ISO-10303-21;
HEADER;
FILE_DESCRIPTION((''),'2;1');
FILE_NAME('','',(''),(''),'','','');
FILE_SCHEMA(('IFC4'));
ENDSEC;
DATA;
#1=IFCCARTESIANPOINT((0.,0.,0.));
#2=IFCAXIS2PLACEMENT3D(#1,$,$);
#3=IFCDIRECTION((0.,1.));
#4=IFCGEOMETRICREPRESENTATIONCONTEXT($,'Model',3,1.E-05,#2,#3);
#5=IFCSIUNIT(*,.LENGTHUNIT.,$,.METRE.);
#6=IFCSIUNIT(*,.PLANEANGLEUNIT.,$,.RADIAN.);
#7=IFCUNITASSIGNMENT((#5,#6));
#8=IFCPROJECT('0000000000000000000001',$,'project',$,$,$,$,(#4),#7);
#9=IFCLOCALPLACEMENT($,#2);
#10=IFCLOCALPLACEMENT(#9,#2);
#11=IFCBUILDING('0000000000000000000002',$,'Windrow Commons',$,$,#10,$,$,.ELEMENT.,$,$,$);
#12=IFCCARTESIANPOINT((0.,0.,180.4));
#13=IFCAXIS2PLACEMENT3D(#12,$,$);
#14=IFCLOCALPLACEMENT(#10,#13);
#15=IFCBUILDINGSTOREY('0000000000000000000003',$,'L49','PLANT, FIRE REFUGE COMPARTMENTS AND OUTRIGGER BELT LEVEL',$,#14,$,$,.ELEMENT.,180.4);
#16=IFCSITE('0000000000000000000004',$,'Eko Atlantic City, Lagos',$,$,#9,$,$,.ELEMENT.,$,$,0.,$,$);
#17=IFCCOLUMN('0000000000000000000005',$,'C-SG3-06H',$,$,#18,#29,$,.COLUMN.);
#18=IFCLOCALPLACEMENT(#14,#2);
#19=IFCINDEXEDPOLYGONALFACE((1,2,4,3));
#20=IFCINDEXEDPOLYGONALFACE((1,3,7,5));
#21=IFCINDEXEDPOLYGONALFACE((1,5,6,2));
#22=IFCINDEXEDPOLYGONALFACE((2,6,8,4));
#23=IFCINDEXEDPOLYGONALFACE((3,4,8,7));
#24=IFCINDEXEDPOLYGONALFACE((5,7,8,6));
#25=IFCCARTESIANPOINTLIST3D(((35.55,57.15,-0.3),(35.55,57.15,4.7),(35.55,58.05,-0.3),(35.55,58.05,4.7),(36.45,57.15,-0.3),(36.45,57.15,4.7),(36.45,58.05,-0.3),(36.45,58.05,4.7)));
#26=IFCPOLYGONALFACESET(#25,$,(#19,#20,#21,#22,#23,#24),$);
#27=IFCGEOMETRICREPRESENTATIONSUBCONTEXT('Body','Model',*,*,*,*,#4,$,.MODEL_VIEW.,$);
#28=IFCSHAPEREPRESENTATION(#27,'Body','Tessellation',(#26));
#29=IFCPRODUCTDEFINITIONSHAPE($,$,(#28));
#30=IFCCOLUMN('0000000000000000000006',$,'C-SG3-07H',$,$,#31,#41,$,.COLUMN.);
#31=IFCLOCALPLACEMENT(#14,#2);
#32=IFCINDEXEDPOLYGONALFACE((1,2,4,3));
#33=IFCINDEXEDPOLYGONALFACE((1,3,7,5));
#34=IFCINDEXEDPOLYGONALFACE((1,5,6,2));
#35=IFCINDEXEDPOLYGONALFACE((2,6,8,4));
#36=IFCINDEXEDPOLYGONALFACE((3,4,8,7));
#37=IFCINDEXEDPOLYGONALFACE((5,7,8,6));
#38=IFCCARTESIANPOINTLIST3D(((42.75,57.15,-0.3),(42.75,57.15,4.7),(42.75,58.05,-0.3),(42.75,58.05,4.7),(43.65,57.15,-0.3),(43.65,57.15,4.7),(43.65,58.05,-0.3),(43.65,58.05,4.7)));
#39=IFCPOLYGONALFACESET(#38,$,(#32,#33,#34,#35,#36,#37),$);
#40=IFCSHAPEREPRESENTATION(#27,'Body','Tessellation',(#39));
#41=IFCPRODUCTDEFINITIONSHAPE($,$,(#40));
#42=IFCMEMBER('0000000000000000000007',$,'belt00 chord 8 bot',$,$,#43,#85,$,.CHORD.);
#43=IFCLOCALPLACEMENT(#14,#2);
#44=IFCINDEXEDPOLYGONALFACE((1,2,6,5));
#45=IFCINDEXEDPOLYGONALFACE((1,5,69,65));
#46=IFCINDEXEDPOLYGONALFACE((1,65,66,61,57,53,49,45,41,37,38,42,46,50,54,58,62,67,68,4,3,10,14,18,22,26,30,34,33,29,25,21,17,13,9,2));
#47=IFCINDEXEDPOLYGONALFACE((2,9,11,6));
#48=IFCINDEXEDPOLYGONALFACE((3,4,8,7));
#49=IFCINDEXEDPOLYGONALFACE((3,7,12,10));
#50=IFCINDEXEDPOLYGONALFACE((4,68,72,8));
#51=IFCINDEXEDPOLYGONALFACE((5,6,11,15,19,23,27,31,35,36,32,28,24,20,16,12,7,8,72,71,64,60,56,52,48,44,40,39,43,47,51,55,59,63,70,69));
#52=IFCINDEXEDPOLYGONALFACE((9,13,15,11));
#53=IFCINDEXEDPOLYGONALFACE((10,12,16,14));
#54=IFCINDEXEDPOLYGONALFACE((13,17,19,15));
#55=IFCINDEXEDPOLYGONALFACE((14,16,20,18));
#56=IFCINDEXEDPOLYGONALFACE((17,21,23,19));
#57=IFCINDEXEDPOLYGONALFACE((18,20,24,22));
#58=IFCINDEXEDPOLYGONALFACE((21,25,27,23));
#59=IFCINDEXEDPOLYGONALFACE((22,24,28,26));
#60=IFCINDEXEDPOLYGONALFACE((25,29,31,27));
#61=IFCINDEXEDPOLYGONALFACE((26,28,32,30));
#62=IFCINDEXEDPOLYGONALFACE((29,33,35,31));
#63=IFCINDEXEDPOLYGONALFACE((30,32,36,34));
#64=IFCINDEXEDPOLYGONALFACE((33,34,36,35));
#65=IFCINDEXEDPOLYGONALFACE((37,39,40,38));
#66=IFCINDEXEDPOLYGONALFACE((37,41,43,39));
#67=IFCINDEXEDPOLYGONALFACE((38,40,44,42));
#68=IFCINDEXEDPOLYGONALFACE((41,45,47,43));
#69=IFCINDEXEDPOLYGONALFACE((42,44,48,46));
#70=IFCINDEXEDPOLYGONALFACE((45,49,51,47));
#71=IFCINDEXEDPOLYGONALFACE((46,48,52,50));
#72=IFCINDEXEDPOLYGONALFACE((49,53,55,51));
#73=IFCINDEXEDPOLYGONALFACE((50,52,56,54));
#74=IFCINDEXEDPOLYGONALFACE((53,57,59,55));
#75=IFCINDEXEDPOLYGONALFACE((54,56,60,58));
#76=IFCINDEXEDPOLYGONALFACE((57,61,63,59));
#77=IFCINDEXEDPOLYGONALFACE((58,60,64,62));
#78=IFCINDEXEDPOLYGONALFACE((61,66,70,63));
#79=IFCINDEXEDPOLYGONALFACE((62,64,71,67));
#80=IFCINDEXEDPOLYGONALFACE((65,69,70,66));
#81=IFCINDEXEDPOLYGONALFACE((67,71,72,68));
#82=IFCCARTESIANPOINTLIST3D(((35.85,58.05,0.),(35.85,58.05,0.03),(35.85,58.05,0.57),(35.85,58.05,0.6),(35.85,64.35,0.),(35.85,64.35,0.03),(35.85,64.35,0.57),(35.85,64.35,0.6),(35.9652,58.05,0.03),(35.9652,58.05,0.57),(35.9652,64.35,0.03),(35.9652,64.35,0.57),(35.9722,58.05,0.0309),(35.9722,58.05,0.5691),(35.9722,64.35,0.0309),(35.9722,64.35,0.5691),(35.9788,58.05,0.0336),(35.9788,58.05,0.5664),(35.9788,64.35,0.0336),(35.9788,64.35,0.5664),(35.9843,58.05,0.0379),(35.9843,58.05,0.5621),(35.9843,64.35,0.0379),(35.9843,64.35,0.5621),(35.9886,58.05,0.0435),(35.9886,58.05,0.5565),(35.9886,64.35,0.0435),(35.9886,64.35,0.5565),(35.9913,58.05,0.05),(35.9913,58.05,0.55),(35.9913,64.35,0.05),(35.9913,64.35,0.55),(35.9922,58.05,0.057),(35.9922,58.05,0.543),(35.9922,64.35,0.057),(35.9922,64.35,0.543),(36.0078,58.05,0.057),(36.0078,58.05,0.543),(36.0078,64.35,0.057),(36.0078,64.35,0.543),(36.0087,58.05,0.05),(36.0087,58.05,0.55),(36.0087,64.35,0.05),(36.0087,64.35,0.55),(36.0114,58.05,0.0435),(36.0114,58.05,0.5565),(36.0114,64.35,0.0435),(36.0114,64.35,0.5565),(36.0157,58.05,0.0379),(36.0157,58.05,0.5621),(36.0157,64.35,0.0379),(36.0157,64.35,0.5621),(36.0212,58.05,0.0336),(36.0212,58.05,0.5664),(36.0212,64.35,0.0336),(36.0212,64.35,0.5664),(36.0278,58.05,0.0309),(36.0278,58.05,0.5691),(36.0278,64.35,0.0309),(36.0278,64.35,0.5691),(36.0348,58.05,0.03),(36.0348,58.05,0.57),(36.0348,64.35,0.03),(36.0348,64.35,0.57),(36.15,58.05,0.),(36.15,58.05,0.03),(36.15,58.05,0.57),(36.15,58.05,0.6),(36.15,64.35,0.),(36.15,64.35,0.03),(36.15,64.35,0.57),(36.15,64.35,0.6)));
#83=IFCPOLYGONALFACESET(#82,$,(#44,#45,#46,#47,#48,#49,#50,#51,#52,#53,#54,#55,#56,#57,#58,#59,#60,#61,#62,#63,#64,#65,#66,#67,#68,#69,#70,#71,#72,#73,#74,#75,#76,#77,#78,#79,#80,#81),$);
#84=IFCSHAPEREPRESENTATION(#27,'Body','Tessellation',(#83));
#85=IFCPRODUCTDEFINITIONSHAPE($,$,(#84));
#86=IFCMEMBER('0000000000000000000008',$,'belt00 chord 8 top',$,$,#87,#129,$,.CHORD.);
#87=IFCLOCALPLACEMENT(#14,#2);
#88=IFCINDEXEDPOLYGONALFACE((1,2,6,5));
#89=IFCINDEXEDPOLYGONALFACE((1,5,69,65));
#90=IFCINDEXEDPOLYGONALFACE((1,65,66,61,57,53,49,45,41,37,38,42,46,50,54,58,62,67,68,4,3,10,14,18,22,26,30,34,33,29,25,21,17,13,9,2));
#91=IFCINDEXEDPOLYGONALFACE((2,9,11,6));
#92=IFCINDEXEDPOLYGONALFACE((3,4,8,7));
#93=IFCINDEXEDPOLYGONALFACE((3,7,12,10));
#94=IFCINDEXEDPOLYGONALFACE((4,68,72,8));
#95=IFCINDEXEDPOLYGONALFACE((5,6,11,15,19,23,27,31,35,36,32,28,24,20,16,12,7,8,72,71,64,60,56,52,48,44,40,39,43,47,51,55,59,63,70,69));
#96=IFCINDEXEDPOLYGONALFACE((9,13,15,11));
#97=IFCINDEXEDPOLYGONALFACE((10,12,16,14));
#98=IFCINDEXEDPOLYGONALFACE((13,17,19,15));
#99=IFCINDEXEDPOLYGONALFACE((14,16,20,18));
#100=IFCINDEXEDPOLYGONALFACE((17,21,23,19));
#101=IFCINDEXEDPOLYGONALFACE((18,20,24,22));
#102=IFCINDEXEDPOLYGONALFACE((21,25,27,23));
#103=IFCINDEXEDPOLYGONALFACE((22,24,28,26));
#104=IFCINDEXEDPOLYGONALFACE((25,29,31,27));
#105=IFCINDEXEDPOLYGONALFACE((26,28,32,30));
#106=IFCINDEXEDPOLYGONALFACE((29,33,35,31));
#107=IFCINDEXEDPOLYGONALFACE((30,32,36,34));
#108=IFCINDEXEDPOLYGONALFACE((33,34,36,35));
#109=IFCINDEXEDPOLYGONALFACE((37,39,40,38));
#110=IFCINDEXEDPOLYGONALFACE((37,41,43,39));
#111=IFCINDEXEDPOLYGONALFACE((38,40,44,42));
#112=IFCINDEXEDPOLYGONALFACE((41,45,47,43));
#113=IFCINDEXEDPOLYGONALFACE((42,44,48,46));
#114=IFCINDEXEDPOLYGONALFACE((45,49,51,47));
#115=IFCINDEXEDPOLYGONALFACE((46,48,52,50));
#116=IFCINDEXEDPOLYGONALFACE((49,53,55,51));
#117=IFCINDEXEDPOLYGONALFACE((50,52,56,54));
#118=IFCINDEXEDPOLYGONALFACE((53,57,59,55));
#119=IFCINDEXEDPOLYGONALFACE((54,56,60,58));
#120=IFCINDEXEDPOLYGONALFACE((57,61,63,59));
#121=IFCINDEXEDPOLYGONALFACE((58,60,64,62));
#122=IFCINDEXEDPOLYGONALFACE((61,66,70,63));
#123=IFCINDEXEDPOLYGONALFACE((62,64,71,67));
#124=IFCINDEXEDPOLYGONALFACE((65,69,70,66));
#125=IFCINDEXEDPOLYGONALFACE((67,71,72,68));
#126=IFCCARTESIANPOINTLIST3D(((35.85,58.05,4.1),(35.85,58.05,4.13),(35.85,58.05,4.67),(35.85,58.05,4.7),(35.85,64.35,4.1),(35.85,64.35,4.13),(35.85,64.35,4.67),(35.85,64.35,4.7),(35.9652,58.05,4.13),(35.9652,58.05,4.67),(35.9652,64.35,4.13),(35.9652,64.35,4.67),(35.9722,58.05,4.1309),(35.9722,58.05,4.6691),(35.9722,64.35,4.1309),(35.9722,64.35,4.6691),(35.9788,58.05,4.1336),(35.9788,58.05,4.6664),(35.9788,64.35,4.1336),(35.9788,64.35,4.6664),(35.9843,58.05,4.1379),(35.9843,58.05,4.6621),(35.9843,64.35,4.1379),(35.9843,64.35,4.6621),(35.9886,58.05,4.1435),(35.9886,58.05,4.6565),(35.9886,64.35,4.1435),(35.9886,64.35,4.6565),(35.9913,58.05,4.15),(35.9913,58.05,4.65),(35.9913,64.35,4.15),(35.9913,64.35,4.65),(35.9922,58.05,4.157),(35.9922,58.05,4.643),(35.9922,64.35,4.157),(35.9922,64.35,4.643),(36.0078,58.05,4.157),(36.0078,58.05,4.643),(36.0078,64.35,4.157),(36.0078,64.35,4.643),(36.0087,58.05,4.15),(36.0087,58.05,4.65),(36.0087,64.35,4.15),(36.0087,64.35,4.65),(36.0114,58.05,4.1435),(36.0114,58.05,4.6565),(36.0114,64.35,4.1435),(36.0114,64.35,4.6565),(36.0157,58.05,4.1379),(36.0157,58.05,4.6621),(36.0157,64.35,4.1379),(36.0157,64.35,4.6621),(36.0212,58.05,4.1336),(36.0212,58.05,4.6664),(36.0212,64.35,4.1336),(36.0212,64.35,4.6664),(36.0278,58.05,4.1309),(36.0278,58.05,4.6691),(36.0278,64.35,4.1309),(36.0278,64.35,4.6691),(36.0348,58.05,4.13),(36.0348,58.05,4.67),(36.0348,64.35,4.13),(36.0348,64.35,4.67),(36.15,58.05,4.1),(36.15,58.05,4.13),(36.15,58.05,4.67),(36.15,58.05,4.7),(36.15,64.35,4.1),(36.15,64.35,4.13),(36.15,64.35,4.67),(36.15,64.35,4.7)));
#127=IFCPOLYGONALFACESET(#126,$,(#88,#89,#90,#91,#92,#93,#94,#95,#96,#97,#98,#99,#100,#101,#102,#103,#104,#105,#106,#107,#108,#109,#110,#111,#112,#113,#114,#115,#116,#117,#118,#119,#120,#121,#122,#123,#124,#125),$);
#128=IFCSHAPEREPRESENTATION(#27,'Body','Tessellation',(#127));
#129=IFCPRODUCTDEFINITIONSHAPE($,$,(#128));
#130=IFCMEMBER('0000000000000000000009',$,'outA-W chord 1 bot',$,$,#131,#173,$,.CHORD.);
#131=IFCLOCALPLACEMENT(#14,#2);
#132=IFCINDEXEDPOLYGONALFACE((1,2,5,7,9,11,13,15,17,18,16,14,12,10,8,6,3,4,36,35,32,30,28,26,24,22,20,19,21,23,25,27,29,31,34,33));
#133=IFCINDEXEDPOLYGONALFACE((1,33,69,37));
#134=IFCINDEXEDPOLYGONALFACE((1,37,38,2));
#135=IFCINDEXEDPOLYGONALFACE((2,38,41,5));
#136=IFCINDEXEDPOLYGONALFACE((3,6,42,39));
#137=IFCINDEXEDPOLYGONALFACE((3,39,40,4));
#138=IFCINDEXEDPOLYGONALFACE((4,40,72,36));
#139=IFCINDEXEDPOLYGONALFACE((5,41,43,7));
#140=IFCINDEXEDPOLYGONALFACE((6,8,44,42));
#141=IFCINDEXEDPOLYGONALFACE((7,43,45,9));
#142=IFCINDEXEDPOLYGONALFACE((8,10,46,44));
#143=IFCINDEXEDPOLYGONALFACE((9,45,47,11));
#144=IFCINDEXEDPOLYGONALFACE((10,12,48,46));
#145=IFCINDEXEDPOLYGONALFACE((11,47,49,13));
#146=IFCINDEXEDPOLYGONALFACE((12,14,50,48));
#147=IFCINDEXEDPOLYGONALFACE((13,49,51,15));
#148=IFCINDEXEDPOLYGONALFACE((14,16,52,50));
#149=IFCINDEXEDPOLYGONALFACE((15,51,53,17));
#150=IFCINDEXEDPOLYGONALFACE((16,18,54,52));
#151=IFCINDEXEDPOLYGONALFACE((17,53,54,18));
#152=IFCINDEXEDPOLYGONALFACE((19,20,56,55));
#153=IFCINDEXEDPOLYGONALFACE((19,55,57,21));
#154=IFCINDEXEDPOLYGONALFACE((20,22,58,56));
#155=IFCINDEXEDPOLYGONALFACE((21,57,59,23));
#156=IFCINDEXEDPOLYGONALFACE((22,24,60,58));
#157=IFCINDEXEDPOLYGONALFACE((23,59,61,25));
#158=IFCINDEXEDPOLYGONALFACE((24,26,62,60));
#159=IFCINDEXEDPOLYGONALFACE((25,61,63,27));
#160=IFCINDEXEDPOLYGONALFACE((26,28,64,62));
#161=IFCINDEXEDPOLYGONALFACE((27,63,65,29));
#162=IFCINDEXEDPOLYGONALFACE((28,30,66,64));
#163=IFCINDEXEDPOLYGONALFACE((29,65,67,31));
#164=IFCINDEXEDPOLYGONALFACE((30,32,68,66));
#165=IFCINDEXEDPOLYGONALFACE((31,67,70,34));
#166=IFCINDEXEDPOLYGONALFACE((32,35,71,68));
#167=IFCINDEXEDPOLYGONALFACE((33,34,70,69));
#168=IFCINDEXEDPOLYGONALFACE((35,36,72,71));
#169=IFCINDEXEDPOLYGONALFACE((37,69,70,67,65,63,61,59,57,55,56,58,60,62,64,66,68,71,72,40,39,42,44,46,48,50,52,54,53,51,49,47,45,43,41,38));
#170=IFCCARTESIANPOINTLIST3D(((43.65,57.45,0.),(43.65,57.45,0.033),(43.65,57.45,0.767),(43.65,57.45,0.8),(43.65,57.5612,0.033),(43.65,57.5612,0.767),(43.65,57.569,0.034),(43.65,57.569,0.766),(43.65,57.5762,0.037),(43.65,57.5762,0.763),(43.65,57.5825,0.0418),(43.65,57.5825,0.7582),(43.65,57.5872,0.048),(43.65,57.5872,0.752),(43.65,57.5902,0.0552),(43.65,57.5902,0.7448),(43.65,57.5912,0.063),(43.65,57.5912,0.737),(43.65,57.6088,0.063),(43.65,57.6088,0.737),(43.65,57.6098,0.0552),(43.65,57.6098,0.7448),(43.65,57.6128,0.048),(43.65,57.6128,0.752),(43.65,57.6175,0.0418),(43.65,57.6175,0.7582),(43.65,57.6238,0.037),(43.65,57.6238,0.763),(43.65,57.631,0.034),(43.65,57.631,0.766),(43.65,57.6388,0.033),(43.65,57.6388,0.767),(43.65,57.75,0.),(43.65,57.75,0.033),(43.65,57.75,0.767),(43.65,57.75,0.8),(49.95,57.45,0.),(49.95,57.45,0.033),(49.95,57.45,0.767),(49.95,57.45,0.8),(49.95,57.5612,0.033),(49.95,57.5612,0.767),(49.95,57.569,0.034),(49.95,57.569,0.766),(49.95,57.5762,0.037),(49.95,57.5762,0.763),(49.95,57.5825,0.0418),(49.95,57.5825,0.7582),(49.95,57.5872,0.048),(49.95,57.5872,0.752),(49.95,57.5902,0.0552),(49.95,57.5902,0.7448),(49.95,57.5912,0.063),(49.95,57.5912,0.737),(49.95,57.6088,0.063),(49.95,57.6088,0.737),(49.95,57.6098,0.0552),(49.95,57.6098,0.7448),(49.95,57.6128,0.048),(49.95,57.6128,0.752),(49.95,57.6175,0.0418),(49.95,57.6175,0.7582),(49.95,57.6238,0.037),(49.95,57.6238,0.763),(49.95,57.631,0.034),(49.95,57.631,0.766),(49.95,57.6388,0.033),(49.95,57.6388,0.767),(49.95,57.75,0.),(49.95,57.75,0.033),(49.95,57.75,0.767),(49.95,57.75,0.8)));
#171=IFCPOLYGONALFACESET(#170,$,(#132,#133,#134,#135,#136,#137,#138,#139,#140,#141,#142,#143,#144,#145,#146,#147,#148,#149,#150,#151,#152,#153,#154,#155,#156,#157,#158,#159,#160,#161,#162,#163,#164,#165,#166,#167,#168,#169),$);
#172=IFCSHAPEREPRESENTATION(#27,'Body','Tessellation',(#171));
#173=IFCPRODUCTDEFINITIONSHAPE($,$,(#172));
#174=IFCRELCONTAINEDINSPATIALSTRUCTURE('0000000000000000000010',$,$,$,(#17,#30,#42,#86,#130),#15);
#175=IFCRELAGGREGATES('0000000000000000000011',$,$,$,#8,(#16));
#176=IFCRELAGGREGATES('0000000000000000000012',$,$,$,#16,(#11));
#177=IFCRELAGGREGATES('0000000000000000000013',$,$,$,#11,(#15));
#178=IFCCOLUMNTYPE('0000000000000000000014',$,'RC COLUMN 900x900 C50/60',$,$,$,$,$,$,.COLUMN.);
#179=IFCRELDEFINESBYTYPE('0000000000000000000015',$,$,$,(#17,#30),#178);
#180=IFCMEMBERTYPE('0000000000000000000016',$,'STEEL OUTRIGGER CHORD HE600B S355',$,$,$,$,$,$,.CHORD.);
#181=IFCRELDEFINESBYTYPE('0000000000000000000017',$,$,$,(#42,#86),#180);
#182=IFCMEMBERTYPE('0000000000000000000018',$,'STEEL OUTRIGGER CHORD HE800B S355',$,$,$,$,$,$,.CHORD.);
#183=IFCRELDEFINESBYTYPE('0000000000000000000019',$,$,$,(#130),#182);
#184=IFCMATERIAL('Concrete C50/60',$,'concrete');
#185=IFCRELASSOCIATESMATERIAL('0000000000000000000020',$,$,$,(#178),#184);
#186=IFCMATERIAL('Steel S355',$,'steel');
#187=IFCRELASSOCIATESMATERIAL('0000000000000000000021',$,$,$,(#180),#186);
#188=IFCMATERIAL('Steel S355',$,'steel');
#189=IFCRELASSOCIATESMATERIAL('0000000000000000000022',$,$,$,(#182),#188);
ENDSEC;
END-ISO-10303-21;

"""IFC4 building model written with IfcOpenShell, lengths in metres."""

from ifc_helpers import new_model, si_unit, direction, frame, origin, origin_2d, place, context, subcontext, project, spatial, rectangle, i_section, extrude, material, material_profile, profile_set, type_object, element, save


model = new_model("IFC4")

# Units and contexts
model_context = context("Model", 3, precision=1e-05, world=origin(), true_north=direction((0.0, 1.0)))
body_context = subcontext(model_context, "Body", "Model", "MODEL_VIEW")
ifc_project = project(units=[si_unit("LENGTHUNIT", "METRE"), si_unit("PLANEANGLEUNIT", "RADIAN")], contexts=[model_context])

# Site, building, storey
site_placement = place(None, origin())
site = spatial("IfcSite", under=ifc_project, at=site_placement, Name="Eko Atlantic City, Lagos", CompositionType="ELEMENT", RefElevation=0.0)
building_placement = place(site_placement, origin())
building = spatial("IfcBuilding", under=site, at=building_placement, Name="Windrow Commons", CompositionType="ELEMENT")
storey_placement = place(building_placement, frame((0.0, 0.0, 180.4)))
storey = spatial("IfcBuildingStorey", under=building, at=storey_placement, Name="L49", Description="PLANT, FIRE REFUGE COMPARTMENTS AND OUTRIGGER BELT LEVEL", CompositionType="ELEMENT", Elevation=180.4)

# Columns
ifc_material_1 = material(Name="Concrete C50/60", Category="concrete")
ifc_material_profile_1 = material_profile(ifc_material_1, rectangle(XDim=0.9, YDim=0.9, at=origin_2d()))
ifc_profile_set_1 = profile_set([ifc_material_profile_1], Name="Concrete C50/60")
column_type = type_object("IfcColumnType", Name="RC COLUMN 900x900 C50/60", PredefinedType="COLUMN", material=ifc_profile_set_1)
for number, where, z_axis, x_axis, name in (
    (1, (36.0, 57.6, -0.3), (0.0, 0.0, 1.0), (1.0, 0.0, 0.0), "C-SG3-06H"),
    (2, (43.2, 57.6, -0.3), (0.0, 0.0, 1.0), (1.0, 0.0, 0.0), "C-SG3-07H"),
):
    element("IfcColumn", number, at=place(storey_placement, frame(where, z_axis=z_axis, x_axis=x_axis)), inside=storey, type_object=column_type, Name=name, PredefinedType="COLUMN", context=body_context, shape_type="SweptSolid", body=[
        extrude(rectangle(XDim=0.9, YDim=0.9, at=origin_2d()), origin(), (0.0, 0.0, 1.0), 5.0),
    ])

# Members
ifc_material_2 = material(Name="Steel S355", Category="steel")
ifc_material_profile_2 = material_profile(ifc_material_2, i_section(OverallWidth=0.3, OverallDepth=0.6, WebThickness=0.0155, FlangeThickness=0.03, FilletRadius=0.027, at=origin_2d()))
ifc_profile_set_2 = profile_set([ifc_material_profile_2], Name="Steel S355")
member_type_1 = type_object("IfcMemberType", Name="STEEL OUTRIGGER CHORD HE600B S355", PredefinedType="CHORD", material=ifc_profile_set_2)
for number, where, z_axis, x_axis, name in (
    (3, (36.0, 58.05, 0.3), (0.0, 1.0, 0.0), (-1.0, 0.0, 0.0), "belt00 chord 8 bot"),
    (4, (36.0, 58.05, 4.4), (0.0, 1.0, 0.0), (-1.0, 0.0, 0.0), "belt00 chord 8 top"),
):
    element("IfcMember", number, at=place(storey_placement, frame(where, z_axis=z_axis, x_axis=x_axis)), inside=storey, type_object=member_type_1, Name=name, PredefinedType="CHORD", context=body_context, shape_type="SweptSolid", body=[
        extrude(i_section(OverallWidth=0.3, OverallDepth=0.6, WebThickness=0.0155, FlangeThickness=0.03, FilletRadius=0.027, at=origin_2d()), origin(), (0.0, 0.0, 1.0), 6.3),
    ])
ifc_material_3 = material(Name="Steel S355", Category="steel")
ifc_material_profile_3 = material_profile(ifc_material_3, i_section(OverallWidth=0.3, OverallDepth=0.8, WebThickness=0.0175, FlangeThickness=0.033, FilletRadius=0.03, at=origin_2d()))
ifc_profile_set_3 = profile_set([ifc_material_profile_3], Name="Steel S355")
member_type_2 = type_object("IfcMemberType", Name="STEEL OUTRIGGER CHORD HE800B S355", PredefinedType="CHORD", material=ifc_profile_set_3)
for number, where, z_axis, x_axis, name in (
    (5, (49.95, 57.6, 0.4), (-1.0, 0.0, 0.0), (0.0, -1.0, 0.0), "outA-W chord 1 bot"),
):
    element("IfcMember", number, at=place(storey_placement, frame(where, z_axis=z_axis, x_axis=x_axis)), inside=storey, type_object=member_type_2, Name=name, PredefinedType="CHORD", context=body_context, shape_type="SweptSolid", body=[
        extrude(i_section(OverallWidth=0.3, OverallDepth=0.8, WebThickness=0.0175, FlangeThickness=0.033, FilletRadius=0.03, at=origin_2d()), origin(), (0.0, 0.0, 1.0), 6.3),
    ])

save(model, "model.ifc")
